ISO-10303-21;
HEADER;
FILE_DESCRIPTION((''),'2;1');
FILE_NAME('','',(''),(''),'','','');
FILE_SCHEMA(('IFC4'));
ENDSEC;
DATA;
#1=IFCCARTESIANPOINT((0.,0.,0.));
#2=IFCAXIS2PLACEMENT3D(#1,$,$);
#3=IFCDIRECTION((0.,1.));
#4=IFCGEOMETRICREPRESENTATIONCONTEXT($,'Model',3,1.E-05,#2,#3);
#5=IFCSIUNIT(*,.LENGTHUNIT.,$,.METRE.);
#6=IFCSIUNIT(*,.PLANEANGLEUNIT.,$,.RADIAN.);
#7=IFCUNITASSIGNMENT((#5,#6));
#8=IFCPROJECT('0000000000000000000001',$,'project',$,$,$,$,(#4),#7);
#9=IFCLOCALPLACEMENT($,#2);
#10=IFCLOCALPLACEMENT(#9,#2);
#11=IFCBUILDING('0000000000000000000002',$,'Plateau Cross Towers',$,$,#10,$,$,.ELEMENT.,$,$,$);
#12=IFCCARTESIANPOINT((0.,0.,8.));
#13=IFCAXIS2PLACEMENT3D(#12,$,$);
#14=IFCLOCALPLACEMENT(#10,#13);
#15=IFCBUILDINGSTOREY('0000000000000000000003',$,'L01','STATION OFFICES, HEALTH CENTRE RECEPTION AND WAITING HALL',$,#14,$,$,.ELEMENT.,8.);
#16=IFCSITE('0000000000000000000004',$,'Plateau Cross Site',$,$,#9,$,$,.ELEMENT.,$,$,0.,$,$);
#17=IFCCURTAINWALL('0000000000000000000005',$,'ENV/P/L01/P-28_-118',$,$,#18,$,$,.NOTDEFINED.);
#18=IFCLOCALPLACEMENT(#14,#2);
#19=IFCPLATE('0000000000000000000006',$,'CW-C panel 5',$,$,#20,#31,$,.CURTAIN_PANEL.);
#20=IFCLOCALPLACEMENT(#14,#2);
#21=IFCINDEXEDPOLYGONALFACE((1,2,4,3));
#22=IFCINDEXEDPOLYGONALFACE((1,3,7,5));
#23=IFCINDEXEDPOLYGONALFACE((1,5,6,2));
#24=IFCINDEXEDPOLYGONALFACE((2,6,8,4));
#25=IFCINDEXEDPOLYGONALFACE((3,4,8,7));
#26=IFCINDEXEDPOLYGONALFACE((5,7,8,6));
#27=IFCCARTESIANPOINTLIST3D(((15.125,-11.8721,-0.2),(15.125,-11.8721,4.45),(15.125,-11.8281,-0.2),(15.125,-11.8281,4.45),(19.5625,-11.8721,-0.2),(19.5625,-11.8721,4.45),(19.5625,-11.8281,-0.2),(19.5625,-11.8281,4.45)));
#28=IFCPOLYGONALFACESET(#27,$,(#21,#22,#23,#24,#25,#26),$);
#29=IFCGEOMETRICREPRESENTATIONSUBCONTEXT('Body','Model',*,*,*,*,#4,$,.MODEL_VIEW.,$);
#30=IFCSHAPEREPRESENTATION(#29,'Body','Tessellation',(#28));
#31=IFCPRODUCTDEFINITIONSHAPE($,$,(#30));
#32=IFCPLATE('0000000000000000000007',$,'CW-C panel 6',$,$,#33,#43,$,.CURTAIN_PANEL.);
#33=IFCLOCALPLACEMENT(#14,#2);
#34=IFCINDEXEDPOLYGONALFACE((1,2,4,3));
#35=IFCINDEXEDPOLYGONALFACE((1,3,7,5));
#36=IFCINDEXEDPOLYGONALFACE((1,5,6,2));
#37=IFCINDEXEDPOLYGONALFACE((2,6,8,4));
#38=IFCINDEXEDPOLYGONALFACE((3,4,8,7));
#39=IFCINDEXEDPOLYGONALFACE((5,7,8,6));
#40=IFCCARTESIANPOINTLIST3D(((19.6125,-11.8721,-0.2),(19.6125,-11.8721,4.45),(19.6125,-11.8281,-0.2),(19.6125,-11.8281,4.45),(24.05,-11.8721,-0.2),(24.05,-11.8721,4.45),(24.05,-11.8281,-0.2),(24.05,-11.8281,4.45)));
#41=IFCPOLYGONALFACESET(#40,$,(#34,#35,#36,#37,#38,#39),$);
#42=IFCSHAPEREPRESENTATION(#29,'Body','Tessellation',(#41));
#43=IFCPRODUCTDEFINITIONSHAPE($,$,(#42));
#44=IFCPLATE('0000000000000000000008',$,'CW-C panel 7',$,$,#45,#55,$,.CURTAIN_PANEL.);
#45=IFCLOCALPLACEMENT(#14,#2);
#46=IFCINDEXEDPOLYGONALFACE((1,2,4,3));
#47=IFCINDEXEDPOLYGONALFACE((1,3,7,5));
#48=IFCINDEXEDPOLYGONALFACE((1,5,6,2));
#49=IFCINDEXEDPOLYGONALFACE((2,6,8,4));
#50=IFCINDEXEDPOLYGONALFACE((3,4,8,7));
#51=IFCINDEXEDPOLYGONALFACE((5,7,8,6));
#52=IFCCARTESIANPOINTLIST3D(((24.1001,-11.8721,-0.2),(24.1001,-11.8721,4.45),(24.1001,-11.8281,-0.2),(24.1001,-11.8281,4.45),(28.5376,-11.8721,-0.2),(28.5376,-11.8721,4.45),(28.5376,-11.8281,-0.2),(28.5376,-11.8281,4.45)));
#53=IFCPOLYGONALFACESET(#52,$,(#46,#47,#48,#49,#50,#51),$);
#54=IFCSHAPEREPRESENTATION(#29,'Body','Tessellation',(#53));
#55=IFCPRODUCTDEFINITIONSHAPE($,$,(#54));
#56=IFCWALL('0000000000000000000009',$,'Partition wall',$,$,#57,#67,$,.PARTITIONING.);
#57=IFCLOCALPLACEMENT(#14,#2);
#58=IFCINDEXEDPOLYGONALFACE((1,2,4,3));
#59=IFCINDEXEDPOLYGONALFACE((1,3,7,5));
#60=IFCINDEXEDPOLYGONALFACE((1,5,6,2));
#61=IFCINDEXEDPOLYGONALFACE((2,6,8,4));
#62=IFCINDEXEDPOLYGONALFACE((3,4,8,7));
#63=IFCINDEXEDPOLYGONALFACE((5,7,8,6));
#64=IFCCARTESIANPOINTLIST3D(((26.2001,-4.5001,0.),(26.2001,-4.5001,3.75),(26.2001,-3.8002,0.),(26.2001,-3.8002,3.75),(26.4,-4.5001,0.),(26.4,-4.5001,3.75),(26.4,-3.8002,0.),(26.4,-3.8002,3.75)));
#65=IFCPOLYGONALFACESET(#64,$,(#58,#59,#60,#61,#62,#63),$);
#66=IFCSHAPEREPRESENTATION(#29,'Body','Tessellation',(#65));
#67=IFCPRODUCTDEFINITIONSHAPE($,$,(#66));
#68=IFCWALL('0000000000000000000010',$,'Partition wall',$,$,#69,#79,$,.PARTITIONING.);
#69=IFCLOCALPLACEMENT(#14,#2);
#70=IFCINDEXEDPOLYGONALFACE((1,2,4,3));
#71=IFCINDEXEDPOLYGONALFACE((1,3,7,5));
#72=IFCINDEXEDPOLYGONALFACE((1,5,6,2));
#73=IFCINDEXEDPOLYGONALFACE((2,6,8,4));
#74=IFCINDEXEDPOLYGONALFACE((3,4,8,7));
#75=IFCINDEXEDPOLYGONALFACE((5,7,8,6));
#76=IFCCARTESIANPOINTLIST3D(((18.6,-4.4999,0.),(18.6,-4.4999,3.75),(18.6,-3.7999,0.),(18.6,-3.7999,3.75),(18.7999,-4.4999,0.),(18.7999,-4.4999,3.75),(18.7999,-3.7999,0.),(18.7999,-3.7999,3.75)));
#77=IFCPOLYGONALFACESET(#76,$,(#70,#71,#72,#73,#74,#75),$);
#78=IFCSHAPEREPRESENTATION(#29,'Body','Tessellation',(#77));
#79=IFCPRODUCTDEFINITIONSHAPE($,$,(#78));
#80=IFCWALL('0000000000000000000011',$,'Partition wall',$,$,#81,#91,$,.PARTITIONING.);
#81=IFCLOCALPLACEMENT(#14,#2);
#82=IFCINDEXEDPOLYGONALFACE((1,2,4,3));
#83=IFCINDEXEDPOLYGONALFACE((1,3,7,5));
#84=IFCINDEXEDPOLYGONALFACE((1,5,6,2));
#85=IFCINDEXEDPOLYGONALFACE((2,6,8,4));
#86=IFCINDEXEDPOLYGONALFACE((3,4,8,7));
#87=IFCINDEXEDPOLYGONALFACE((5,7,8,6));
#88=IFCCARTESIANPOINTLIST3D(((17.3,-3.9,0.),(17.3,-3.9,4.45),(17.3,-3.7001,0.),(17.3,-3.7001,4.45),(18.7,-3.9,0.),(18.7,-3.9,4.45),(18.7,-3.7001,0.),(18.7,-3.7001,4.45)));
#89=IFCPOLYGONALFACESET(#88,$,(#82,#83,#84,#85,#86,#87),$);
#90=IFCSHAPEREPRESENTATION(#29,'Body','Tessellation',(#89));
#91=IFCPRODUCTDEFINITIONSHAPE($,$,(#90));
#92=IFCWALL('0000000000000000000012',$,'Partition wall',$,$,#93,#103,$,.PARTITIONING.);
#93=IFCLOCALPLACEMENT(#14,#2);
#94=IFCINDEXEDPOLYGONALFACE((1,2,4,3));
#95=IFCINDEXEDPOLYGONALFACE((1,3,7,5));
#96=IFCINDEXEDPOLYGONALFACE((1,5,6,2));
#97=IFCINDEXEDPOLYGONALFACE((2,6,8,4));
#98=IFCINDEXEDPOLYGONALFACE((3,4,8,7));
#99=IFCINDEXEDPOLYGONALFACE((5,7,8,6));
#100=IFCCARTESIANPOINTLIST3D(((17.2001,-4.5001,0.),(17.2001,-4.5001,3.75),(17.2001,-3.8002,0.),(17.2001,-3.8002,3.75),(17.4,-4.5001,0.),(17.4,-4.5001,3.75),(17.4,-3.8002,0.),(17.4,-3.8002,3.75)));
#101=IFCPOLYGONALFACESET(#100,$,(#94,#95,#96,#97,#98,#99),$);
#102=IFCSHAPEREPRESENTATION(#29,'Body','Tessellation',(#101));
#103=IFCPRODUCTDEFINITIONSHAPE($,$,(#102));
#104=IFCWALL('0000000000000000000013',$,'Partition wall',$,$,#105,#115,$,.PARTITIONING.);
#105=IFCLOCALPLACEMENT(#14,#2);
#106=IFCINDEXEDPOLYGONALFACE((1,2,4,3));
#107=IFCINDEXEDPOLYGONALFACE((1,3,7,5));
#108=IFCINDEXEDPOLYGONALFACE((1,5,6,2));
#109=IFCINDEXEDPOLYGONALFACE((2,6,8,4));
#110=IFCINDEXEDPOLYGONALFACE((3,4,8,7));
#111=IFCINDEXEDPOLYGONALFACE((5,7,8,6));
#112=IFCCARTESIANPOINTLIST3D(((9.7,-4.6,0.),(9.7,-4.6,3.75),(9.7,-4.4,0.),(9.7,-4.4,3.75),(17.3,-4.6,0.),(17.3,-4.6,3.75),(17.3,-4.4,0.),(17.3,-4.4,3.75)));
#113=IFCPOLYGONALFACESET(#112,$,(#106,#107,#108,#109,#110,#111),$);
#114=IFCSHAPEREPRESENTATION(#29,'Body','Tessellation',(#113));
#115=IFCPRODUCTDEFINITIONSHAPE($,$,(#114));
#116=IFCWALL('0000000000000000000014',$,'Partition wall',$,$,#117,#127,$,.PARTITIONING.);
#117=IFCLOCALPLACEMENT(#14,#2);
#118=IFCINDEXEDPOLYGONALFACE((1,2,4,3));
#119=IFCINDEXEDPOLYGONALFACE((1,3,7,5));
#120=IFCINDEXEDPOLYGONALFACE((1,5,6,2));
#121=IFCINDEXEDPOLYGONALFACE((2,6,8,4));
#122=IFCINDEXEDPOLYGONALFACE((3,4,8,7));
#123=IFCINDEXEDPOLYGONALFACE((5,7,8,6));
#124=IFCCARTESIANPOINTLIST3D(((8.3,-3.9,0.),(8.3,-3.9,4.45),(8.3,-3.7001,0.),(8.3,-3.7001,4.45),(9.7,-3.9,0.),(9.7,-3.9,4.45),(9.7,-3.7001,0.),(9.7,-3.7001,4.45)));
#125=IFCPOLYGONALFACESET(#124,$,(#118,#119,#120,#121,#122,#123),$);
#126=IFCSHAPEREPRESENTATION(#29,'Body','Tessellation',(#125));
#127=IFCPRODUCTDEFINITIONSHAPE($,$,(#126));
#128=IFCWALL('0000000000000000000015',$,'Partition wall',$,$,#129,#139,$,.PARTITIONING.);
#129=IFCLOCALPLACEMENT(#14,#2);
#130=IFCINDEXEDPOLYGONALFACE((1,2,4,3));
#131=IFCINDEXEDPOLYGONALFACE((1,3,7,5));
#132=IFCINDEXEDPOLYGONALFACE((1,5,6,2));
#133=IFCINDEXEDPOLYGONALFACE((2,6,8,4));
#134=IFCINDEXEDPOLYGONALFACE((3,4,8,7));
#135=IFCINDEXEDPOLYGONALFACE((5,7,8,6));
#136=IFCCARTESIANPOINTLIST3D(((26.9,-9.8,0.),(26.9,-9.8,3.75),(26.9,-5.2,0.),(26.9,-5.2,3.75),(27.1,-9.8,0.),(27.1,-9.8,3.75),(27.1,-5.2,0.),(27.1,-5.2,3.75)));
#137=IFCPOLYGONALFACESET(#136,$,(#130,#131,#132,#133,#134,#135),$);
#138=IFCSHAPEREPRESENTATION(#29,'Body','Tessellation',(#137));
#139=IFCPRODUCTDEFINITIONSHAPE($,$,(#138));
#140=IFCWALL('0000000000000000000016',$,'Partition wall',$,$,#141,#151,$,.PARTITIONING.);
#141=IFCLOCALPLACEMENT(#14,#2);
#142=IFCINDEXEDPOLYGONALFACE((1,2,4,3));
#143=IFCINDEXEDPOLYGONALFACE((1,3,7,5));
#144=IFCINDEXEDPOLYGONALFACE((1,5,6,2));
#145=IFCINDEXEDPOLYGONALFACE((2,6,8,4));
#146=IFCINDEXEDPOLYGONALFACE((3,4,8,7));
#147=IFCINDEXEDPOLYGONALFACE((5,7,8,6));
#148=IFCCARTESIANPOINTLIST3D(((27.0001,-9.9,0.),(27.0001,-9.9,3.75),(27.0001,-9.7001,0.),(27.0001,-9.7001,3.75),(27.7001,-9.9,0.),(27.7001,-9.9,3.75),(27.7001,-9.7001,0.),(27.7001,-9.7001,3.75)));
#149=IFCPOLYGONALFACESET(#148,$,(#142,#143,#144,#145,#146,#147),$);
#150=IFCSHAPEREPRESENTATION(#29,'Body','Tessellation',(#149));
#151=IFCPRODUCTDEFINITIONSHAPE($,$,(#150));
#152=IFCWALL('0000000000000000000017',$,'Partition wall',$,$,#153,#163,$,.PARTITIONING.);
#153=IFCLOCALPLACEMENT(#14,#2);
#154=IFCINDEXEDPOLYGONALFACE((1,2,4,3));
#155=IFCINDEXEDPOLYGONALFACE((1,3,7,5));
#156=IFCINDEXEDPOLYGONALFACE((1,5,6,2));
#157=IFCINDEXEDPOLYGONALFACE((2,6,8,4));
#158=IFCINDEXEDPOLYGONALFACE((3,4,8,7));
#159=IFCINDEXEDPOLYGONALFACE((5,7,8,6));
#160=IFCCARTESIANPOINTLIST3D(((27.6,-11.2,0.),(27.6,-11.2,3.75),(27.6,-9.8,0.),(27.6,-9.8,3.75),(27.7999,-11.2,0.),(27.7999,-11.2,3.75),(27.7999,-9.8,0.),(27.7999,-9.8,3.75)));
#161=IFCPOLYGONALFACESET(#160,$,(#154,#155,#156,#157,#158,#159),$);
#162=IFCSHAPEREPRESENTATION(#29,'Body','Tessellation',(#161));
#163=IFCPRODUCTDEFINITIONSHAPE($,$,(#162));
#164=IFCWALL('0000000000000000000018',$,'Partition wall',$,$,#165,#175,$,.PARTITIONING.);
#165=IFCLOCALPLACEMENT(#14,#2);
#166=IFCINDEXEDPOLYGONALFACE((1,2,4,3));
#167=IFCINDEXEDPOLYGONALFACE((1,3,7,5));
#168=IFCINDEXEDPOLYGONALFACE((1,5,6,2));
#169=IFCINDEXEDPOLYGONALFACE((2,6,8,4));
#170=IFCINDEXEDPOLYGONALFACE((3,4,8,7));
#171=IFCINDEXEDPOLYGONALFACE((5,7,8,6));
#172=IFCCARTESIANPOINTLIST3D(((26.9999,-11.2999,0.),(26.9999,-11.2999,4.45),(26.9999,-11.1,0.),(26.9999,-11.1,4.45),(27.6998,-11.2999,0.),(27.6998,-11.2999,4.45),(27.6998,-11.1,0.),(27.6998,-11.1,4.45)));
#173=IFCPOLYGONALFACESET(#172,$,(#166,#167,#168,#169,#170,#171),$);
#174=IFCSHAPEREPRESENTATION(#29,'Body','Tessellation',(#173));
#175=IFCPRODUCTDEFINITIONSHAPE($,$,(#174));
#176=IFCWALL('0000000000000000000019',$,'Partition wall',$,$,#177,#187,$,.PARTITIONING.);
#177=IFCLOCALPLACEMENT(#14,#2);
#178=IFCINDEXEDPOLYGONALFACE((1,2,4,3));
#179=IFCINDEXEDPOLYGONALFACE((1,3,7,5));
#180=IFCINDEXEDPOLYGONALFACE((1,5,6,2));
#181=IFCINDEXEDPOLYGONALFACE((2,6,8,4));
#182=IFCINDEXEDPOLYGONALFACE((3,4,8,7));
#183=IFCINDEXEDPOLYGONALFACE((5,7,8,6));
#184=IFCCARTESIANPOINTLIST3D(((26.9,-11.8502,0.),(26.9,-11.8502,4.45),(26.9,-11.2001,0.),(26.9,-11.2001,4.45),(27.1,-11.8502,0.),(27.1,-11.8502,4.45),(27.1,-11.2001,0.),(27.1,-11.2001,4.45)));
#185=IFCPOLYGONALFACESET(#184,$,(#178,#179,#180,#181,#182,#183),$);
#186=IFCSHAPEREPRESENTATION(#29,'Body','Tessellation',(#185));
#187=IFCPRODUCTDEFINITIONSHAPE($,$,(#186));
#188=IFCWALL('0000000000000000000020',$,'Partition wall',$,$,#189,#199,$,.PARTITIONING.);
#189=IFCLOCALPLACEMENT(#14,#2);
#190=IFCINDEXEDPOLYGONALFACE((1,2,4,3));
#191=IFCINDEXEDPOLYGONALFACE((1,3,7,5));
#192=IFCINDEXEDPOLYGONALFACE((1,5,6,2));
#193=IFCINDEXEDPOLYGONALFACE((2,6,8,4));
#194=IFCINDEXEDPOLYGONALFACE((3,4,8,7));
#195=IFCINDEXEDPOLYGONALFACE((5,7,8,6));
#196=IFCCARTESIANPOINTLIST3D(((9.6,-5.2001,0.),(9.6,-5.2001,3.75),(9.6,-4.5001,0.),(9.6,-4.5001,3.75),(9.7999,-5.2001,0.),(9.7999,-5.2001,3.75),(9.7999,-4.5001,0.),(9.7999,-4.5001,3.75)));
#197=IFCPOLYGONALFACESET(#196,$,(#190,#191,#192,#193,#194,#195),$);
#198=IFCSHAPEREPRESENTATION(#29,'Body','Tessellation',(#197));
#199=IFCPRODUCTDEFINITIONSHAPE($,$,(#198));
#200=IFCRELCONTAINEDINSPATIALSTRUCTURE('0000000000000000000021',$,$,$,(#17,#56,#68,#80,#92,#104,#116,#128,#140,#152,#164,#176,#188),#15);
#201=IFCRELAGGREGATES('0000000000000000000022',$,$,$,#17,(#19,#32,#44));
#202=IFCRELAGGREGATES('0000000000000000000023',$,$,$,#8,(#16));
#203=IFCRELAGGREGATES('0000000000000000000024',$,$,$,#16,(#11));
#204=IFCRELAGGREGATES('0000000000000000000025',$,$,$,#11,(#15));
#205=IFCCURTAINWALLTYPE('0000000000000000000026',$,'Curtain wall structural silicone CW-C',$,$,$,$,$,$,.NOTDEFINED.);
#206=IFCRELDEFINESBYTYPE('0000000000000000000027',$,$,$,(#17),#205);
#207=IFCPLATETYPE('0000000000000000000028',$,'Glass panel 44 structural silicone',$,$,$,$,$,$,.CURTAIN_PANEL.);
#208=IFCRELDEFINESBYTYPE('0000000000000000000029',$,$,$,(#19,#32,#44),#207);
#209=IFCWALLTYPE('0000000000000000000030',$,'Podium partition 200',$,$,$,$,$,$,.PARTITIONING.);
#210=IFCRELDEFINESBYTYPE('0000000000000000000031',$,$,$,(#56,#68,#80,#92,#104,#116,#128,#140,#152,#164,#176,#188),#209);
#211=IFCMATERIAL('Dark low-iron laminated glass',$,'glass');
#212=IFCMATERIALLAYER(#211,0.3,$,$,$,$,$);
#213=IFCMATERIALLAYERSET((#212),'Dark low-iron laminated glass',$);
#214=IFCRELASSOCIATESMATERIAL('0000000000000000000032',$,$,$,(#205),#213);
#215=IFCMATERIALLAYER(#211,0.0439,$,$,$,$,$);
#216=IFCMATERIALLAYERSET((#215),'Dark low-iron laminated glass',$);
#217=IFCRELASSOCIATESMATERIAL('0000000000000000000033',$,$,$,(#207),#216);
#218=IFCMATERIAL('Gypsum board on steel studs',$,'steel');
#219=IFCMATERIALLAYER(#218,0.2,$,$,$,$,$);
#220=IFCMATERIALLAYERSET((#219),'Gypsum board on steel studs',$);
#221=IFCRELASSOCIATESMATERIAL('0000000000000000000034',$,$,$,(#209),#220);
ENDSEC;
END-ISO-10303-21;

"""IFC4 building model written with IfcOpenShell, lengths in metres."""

from ifc_helpers import new_model, si_unit, direction, frame, frame_2d, origin, origin_2d, place, context, subcontext, project, spatial, rectangle, extrude, material, layer, layer_set, type_object, element, aggregate, save


model = new_model("IFC4")

# Units and contexts
model_context = context("Model", 3, precision=1e-05, world=origin(), true_north=direction((0.0, 1.0)))
body_context = subcontext(model_context, "Body", "Model", "MODEL_VIEW")
ifc_project = project(units=[si_unit("LENGTHUNIT", "METRE"), si_unit("PLANEANGLEUNIT", "RADIAN")], contexts=[model_context])

# Site, building, storey
site_placement = place(None, origin())
site = spatial("IfcSite", under=ifc_project, at=site_placement, Name="Plateau Cross Site", CompositionType="ELEMENT", RefElevation=0.0)
building_placement = place(site_placement, origin())
building = spatial("IfcBuilding", under=site, at=building_placement, Name="Plateau Cross Towers", CompositionType="ELEMENT")
storey_placement = place(building_placement, frame((0.0, 0.0, 8.0)))
storey = spatial("IfcBuildingStorey", under=building, at=storey_placement, Name="L01", Description="STATION OFFICES, HEALTH CENTRE RECEPTION AND WAITING HALL", CompositionType="ELEMENT", Elevation=8.0)

# Curtain wall
ifc_material_1 = material(Name="Dark low-iron laminated glass", Category="glass")
ifc_layer_1 = layer(ifc_material_1, 0.3)
ifc_layer_set_1 = layer_set([ifc_layer_1], Name="Dark low-iron laminated glass")
curtain_wall_type = type_object("IfcCurtainWallType", Name="Curtain wall structural silicone CW-C", PredefinedType="NOTDEFINED", material=ifc_layer_set_1)
curtain_wall_placement = place(storey_placement, origin())
curtain_wall = element("IfcCurtainWall", 1, at=curtain_wall_placement, inside=storey, type_object=curtain_wall_type, Name="ENV/P/L01/P-28_-118", PredefinedType="NOTDEFINED")

# Plates
ifc_layer_2 = layer(ifc_material_1, 0.0439)
ifc_layer_set_2 = layer_set([ifc_layer_2], Name="Dark low-iron laminated glass")
plate_type = type_object("IfcPlateType", Name="Glass panel 44 structural silicone", PredefinedType="CURTAIN_PANEL", material=ifc_layer_set_2)
plate_1_placement = place(storey_placement, frame((17.3438, -11.8501, -0.2), z_axis=(0.0, 0.0, 1.0), x_axis=(1.0, 0.0, 0.0)))
plate_1 = element("IfcPlate", 2, at=plate_1_placement, type_object=plate_type, Name="CW-C panel 5", PredefinedType="CURTAIN_PANEL", context=body_context, shape_type="SweptSolid", body=[
    extrude(rectangle(XDim=4.4375, YDim=0.0439, at=origin_2d()), origin(), (0.0, 0.0, 1.0), 4.6499),
])
plate_2_placement = place(storey_placement, frame((21.8313, -11.8501, -0.2), z_axis=(0.0, 0.0, 1.0), x_axis=(1.0, 0.0, 0.0)))
plate_2 = element("IfcPlate", 3, at=plate_2_placement, type_object=plate_type, Name="CW-C panel 6", PredefinedType="CURTAIN_PANEL", context=body_context, shape_type="SweptSolid", body=[
    extrude(rectangle(XDim=4.4375, YDim=0.0439, at=origin_2d()), origin(), (0.0, 0.0, 1.0), 4.6499),
])
plate_3_placement = place(storey_placement, frame((26.3188, -11.8501, -0.2), z_axis=(0.0, 0.0, 1.0), x_axis=(1.0, 0.0, 0.0)))
plate_3 = element("IfcPlate", 4, at=plate_3_placement, type_object=plate_type, Name="CW-C panel 7", PredefinedType="CURTAIN_PANEL", context=body_context, shape_type="SweptSolid", body=[
    extrude(rectangle(XDim=4.4375, YDim=0.0439, at=origin_2d()), origin(), (0.0, 0.0, 1.0), 4.6499),
])
aggregate(curtain_wall, [plate_1, plate_2, plate_3])

# Wall
ifc_material_2 = material(Name="Gypsum board on steel studs", Category="steel")
ifc_layer_3 = layer(ifc_material_2, 0.2)
ifc_layer_set_3 = layer_set([ifc_layer_3], Name="Gypsum board on steel studs")
wall_type = type_object("IfcWallType", Name="Podium partition 200", PredefinedType="PARTITIONING", material=ifc_layer_set_3)
wall_1_placement = place(storey_placement, frame((26.3, -3.8, 0.0), z_axis=(0.0, 0.0, 1.0), x_axis=(0.0, -1.0, 0.0)))
element("IfcWall", 5, at=wall_1_placement, inside=storey, type_object=wall_type, Name="Partition wall", PredefinedType="PARTITIONING", context=body_context, shape_type="SweptSolid", body=[
    extrude(rectangle(XDim=0.7, YDim=0.2, at=frame_2d((0.3501, 0.0))), origin(), (0.0, 0.0, 1.0), 3.75),
])

# Walls
wall_2_placement = place(storey_placement, frame((18.7, -4.5, 0.0), z_axis=(0.0, 0.0, 1.0), x_axis=(0.0, 1.0, 0.0)))
element("IfcWall", 6, at=wall_2_placement, inside=storey, type_object=wall_type, Name="Partition wall", PredefinedType="PARTITIONING", context=body_context, shape_type="SweptSolid", body=[
    extrude(rectangle(XDim=0.7, YDim=0.2, at=frame_2d((0.3501, 0.0))), origin(), (0.0, 0.0, 1.0), 3.75),
])
wall_3_placement = place(storey_placement, frame((18.7, -3.8, 0.0), z_axis=(0.0, 0.0, 1.0), x_axis=(-1.0, 0.0, 0.0)))
element("IfcWall", 7, at=wall_3_placement, inside=storey, type_object=wall_type, Name="Partition wall", PredefinedType="PARTITIONING", context=body_context, shape_type="SweptSolid", body=[
    extrude(rectangle(XDim=1.3999, YDim=0.2, at=frame_2d((0.7, 0.0))), origin(), (0.0, 0.0, 1.0), 4.45),
])
wall_4_placement = place(storey_placement, frame((17.3, -3.8, 0.0), z_axis=(0.0, 0.0, 1.0), x_axis=(0.0, -1.0, 0.0)))
element("IfcWall", 8, at=wall_4_placement, inside=storey, type_object=wall_type, Name="Partition wall", PredefinedType="PARTITIONING", context=body_context, shape_type="SweptSolid", body=[
    extrude(rectangle(XDim=0.7, YDim=0.2, at=frame_2d((0.3501, 0.0))), origin(), (0.0, 0.0, 1.0), 3.75),
])
wall_5_placement = place(storey_placement, frame((17.3, -4.5, 0.0), z_axis=(0.0, 0.0, 1.0), x_axis=(-1.0, 0.0, 0.0)))
element("IfcWall", 9, at=wall_5_placement, inside=storey, type_object=wall_type, Name="Partition wall", PredefinedType="PARTITIONING", context=body_context, shape_type="SweptSolid", body=[
    extrude(rectangle(XDim=7.6001, YDim=0.2, at=frame_2d((3.8, 0.0))), origin(), (0.0, 0.0, 1.0), 3.75),
])
wall_6_placement = place(storey_placement, frame((9.7, -3.8, 0.0), z_axis=(0.0, 0.0, 1.0), x_axis=(-1.0, 0.0, 0.0)))
element("IfcWall", 10, at=wall_6_placement, inside=storey, type_object=wall_type, Name="Partition wall", PredefinedType="PARTITIONING", context=body_context, shape_type="SweptSolid", body=[
    extrude(rectangle(XDim=1.3999, YDim=0.2, at=frame_2d((0.7, 0.0))), origin(), (0.0, 0.0, 1.0), 4.45),
])
wall_7_placement = place(storey_placement, frame((27.0, -5.2, 0.0), z_axis=(0.0, 0.0, 1.0), x_axis=(0.0, -1.0, 0.0)))
element("IfcWall", 11, at=wall_7_placement, inside=storey, type_object=wall_type, Name="Partition wall", PredefinedType="PARTITIONING", context=body_context, shape_type="SweptSolid", body=[
    extrude(rectangle(XDim=4.6001, YDim=0.2, at=frame_2d((2.3, 0.0))), origin(), (0.0, 0.0, 1.0), 3.75),
])
wall_8_placement = place(storey_placement, frame((27.0, -9.8, 0.0), z_axis=(0.0, 0.0, 1.0), x_axis=(1.0, 0.0, 0.0)))
element("IfcWall", 12, at=wall_8_placement, inside=storey, type_object=wall_type, Name="Partition wall", PredefinedType="PARTITIONING", context=body_context, shape_type="SweptSolid", body=[
    extrude(rectangle(XDim=0.7, YDim=0.2, at=frame_2d((0.3501, 0.0))), origin(), (0.0, 0.0, 1.0), 3.75),
])
wall_9_placement = place(storey_placement, frame((27.7, -9.8, 0.0), z_axis=(0.0, 0.0, 1.0), x_axis=(0.0, -1.0, 0.0)))
element("IfcWall", 13, at=wall_9_placement, inside=storey, type_object=wall_type, Name="Partition wall", PredefinedType="PARTITIONING", context=body_context, shape_type="SweptSolid", body=[
    extrude(rectangle(XDim=1.3999, YDim=0.2, at=frame_2d((0.7, 0.0))), origin(), (0.0, 0.0, 1.0), 3.75),
])
wall_10_placement = place(storey_placement, frame((27.7, -11.2, 0.0), z_axis=(0.0, 0.0, 1.0), x_axis=(-1.0, 0.0, 0.0)))
element("IfcWall", 14, at=wall_10_placement, inside=storey, type_object=wall_type, Name="Partition wall", PredefinedType="PARTITIONING", context=body_context, shape_type="SweptSolid", body=[
    extrude(rectangle(XDim=0.7, YDim=0.2, at=frame_2d((0.3501, 0.0))), origin(), (0.0, 0.0, 1.0), 4.45),
])
wall_11_placement = place(storey_placement, frame((27.0, -11.2, 0.0), z_axis=(0.0, 0.0, 1.0), x_axis=(0.0, -1.0, 0.0)))
element("IfcWall", 15, at=wall_11_placement, inside=storey, type_object=wall_type, Name="Partition wall", PredefinedType="PARTITIONING", context=body_context, shape_type="SweptSolid", body=[
    extrude(rectangle(XDim=0.6501, YDim=0.2, at=frame_2d((0.3252, 0.0))), origin(), (0.0, 0.0, 1.0), 4.45),
])
wall_12_placement = place(storey_placement, frame((9.7, -4.5, 0.0), z_axis=(0.0, 0.0, 1.0), x_axis=(0.0, -1.0, 0.0)))
element("IfcWall", 16, at=wall_12_placement, inside=storey, type_object=wall_type, Name="Partition wall", PredefinedType="PARTITIONING", context=body_context, shape_type="SweptSolid", body=[
    extrude(rectangle(XDim=0.7, YDim=0.2, at=frame_2d((0.3501, 0.0))), origin(), (0.0, 0.0, 1.0), 3.75),
])

save(model, "model.ifc")
